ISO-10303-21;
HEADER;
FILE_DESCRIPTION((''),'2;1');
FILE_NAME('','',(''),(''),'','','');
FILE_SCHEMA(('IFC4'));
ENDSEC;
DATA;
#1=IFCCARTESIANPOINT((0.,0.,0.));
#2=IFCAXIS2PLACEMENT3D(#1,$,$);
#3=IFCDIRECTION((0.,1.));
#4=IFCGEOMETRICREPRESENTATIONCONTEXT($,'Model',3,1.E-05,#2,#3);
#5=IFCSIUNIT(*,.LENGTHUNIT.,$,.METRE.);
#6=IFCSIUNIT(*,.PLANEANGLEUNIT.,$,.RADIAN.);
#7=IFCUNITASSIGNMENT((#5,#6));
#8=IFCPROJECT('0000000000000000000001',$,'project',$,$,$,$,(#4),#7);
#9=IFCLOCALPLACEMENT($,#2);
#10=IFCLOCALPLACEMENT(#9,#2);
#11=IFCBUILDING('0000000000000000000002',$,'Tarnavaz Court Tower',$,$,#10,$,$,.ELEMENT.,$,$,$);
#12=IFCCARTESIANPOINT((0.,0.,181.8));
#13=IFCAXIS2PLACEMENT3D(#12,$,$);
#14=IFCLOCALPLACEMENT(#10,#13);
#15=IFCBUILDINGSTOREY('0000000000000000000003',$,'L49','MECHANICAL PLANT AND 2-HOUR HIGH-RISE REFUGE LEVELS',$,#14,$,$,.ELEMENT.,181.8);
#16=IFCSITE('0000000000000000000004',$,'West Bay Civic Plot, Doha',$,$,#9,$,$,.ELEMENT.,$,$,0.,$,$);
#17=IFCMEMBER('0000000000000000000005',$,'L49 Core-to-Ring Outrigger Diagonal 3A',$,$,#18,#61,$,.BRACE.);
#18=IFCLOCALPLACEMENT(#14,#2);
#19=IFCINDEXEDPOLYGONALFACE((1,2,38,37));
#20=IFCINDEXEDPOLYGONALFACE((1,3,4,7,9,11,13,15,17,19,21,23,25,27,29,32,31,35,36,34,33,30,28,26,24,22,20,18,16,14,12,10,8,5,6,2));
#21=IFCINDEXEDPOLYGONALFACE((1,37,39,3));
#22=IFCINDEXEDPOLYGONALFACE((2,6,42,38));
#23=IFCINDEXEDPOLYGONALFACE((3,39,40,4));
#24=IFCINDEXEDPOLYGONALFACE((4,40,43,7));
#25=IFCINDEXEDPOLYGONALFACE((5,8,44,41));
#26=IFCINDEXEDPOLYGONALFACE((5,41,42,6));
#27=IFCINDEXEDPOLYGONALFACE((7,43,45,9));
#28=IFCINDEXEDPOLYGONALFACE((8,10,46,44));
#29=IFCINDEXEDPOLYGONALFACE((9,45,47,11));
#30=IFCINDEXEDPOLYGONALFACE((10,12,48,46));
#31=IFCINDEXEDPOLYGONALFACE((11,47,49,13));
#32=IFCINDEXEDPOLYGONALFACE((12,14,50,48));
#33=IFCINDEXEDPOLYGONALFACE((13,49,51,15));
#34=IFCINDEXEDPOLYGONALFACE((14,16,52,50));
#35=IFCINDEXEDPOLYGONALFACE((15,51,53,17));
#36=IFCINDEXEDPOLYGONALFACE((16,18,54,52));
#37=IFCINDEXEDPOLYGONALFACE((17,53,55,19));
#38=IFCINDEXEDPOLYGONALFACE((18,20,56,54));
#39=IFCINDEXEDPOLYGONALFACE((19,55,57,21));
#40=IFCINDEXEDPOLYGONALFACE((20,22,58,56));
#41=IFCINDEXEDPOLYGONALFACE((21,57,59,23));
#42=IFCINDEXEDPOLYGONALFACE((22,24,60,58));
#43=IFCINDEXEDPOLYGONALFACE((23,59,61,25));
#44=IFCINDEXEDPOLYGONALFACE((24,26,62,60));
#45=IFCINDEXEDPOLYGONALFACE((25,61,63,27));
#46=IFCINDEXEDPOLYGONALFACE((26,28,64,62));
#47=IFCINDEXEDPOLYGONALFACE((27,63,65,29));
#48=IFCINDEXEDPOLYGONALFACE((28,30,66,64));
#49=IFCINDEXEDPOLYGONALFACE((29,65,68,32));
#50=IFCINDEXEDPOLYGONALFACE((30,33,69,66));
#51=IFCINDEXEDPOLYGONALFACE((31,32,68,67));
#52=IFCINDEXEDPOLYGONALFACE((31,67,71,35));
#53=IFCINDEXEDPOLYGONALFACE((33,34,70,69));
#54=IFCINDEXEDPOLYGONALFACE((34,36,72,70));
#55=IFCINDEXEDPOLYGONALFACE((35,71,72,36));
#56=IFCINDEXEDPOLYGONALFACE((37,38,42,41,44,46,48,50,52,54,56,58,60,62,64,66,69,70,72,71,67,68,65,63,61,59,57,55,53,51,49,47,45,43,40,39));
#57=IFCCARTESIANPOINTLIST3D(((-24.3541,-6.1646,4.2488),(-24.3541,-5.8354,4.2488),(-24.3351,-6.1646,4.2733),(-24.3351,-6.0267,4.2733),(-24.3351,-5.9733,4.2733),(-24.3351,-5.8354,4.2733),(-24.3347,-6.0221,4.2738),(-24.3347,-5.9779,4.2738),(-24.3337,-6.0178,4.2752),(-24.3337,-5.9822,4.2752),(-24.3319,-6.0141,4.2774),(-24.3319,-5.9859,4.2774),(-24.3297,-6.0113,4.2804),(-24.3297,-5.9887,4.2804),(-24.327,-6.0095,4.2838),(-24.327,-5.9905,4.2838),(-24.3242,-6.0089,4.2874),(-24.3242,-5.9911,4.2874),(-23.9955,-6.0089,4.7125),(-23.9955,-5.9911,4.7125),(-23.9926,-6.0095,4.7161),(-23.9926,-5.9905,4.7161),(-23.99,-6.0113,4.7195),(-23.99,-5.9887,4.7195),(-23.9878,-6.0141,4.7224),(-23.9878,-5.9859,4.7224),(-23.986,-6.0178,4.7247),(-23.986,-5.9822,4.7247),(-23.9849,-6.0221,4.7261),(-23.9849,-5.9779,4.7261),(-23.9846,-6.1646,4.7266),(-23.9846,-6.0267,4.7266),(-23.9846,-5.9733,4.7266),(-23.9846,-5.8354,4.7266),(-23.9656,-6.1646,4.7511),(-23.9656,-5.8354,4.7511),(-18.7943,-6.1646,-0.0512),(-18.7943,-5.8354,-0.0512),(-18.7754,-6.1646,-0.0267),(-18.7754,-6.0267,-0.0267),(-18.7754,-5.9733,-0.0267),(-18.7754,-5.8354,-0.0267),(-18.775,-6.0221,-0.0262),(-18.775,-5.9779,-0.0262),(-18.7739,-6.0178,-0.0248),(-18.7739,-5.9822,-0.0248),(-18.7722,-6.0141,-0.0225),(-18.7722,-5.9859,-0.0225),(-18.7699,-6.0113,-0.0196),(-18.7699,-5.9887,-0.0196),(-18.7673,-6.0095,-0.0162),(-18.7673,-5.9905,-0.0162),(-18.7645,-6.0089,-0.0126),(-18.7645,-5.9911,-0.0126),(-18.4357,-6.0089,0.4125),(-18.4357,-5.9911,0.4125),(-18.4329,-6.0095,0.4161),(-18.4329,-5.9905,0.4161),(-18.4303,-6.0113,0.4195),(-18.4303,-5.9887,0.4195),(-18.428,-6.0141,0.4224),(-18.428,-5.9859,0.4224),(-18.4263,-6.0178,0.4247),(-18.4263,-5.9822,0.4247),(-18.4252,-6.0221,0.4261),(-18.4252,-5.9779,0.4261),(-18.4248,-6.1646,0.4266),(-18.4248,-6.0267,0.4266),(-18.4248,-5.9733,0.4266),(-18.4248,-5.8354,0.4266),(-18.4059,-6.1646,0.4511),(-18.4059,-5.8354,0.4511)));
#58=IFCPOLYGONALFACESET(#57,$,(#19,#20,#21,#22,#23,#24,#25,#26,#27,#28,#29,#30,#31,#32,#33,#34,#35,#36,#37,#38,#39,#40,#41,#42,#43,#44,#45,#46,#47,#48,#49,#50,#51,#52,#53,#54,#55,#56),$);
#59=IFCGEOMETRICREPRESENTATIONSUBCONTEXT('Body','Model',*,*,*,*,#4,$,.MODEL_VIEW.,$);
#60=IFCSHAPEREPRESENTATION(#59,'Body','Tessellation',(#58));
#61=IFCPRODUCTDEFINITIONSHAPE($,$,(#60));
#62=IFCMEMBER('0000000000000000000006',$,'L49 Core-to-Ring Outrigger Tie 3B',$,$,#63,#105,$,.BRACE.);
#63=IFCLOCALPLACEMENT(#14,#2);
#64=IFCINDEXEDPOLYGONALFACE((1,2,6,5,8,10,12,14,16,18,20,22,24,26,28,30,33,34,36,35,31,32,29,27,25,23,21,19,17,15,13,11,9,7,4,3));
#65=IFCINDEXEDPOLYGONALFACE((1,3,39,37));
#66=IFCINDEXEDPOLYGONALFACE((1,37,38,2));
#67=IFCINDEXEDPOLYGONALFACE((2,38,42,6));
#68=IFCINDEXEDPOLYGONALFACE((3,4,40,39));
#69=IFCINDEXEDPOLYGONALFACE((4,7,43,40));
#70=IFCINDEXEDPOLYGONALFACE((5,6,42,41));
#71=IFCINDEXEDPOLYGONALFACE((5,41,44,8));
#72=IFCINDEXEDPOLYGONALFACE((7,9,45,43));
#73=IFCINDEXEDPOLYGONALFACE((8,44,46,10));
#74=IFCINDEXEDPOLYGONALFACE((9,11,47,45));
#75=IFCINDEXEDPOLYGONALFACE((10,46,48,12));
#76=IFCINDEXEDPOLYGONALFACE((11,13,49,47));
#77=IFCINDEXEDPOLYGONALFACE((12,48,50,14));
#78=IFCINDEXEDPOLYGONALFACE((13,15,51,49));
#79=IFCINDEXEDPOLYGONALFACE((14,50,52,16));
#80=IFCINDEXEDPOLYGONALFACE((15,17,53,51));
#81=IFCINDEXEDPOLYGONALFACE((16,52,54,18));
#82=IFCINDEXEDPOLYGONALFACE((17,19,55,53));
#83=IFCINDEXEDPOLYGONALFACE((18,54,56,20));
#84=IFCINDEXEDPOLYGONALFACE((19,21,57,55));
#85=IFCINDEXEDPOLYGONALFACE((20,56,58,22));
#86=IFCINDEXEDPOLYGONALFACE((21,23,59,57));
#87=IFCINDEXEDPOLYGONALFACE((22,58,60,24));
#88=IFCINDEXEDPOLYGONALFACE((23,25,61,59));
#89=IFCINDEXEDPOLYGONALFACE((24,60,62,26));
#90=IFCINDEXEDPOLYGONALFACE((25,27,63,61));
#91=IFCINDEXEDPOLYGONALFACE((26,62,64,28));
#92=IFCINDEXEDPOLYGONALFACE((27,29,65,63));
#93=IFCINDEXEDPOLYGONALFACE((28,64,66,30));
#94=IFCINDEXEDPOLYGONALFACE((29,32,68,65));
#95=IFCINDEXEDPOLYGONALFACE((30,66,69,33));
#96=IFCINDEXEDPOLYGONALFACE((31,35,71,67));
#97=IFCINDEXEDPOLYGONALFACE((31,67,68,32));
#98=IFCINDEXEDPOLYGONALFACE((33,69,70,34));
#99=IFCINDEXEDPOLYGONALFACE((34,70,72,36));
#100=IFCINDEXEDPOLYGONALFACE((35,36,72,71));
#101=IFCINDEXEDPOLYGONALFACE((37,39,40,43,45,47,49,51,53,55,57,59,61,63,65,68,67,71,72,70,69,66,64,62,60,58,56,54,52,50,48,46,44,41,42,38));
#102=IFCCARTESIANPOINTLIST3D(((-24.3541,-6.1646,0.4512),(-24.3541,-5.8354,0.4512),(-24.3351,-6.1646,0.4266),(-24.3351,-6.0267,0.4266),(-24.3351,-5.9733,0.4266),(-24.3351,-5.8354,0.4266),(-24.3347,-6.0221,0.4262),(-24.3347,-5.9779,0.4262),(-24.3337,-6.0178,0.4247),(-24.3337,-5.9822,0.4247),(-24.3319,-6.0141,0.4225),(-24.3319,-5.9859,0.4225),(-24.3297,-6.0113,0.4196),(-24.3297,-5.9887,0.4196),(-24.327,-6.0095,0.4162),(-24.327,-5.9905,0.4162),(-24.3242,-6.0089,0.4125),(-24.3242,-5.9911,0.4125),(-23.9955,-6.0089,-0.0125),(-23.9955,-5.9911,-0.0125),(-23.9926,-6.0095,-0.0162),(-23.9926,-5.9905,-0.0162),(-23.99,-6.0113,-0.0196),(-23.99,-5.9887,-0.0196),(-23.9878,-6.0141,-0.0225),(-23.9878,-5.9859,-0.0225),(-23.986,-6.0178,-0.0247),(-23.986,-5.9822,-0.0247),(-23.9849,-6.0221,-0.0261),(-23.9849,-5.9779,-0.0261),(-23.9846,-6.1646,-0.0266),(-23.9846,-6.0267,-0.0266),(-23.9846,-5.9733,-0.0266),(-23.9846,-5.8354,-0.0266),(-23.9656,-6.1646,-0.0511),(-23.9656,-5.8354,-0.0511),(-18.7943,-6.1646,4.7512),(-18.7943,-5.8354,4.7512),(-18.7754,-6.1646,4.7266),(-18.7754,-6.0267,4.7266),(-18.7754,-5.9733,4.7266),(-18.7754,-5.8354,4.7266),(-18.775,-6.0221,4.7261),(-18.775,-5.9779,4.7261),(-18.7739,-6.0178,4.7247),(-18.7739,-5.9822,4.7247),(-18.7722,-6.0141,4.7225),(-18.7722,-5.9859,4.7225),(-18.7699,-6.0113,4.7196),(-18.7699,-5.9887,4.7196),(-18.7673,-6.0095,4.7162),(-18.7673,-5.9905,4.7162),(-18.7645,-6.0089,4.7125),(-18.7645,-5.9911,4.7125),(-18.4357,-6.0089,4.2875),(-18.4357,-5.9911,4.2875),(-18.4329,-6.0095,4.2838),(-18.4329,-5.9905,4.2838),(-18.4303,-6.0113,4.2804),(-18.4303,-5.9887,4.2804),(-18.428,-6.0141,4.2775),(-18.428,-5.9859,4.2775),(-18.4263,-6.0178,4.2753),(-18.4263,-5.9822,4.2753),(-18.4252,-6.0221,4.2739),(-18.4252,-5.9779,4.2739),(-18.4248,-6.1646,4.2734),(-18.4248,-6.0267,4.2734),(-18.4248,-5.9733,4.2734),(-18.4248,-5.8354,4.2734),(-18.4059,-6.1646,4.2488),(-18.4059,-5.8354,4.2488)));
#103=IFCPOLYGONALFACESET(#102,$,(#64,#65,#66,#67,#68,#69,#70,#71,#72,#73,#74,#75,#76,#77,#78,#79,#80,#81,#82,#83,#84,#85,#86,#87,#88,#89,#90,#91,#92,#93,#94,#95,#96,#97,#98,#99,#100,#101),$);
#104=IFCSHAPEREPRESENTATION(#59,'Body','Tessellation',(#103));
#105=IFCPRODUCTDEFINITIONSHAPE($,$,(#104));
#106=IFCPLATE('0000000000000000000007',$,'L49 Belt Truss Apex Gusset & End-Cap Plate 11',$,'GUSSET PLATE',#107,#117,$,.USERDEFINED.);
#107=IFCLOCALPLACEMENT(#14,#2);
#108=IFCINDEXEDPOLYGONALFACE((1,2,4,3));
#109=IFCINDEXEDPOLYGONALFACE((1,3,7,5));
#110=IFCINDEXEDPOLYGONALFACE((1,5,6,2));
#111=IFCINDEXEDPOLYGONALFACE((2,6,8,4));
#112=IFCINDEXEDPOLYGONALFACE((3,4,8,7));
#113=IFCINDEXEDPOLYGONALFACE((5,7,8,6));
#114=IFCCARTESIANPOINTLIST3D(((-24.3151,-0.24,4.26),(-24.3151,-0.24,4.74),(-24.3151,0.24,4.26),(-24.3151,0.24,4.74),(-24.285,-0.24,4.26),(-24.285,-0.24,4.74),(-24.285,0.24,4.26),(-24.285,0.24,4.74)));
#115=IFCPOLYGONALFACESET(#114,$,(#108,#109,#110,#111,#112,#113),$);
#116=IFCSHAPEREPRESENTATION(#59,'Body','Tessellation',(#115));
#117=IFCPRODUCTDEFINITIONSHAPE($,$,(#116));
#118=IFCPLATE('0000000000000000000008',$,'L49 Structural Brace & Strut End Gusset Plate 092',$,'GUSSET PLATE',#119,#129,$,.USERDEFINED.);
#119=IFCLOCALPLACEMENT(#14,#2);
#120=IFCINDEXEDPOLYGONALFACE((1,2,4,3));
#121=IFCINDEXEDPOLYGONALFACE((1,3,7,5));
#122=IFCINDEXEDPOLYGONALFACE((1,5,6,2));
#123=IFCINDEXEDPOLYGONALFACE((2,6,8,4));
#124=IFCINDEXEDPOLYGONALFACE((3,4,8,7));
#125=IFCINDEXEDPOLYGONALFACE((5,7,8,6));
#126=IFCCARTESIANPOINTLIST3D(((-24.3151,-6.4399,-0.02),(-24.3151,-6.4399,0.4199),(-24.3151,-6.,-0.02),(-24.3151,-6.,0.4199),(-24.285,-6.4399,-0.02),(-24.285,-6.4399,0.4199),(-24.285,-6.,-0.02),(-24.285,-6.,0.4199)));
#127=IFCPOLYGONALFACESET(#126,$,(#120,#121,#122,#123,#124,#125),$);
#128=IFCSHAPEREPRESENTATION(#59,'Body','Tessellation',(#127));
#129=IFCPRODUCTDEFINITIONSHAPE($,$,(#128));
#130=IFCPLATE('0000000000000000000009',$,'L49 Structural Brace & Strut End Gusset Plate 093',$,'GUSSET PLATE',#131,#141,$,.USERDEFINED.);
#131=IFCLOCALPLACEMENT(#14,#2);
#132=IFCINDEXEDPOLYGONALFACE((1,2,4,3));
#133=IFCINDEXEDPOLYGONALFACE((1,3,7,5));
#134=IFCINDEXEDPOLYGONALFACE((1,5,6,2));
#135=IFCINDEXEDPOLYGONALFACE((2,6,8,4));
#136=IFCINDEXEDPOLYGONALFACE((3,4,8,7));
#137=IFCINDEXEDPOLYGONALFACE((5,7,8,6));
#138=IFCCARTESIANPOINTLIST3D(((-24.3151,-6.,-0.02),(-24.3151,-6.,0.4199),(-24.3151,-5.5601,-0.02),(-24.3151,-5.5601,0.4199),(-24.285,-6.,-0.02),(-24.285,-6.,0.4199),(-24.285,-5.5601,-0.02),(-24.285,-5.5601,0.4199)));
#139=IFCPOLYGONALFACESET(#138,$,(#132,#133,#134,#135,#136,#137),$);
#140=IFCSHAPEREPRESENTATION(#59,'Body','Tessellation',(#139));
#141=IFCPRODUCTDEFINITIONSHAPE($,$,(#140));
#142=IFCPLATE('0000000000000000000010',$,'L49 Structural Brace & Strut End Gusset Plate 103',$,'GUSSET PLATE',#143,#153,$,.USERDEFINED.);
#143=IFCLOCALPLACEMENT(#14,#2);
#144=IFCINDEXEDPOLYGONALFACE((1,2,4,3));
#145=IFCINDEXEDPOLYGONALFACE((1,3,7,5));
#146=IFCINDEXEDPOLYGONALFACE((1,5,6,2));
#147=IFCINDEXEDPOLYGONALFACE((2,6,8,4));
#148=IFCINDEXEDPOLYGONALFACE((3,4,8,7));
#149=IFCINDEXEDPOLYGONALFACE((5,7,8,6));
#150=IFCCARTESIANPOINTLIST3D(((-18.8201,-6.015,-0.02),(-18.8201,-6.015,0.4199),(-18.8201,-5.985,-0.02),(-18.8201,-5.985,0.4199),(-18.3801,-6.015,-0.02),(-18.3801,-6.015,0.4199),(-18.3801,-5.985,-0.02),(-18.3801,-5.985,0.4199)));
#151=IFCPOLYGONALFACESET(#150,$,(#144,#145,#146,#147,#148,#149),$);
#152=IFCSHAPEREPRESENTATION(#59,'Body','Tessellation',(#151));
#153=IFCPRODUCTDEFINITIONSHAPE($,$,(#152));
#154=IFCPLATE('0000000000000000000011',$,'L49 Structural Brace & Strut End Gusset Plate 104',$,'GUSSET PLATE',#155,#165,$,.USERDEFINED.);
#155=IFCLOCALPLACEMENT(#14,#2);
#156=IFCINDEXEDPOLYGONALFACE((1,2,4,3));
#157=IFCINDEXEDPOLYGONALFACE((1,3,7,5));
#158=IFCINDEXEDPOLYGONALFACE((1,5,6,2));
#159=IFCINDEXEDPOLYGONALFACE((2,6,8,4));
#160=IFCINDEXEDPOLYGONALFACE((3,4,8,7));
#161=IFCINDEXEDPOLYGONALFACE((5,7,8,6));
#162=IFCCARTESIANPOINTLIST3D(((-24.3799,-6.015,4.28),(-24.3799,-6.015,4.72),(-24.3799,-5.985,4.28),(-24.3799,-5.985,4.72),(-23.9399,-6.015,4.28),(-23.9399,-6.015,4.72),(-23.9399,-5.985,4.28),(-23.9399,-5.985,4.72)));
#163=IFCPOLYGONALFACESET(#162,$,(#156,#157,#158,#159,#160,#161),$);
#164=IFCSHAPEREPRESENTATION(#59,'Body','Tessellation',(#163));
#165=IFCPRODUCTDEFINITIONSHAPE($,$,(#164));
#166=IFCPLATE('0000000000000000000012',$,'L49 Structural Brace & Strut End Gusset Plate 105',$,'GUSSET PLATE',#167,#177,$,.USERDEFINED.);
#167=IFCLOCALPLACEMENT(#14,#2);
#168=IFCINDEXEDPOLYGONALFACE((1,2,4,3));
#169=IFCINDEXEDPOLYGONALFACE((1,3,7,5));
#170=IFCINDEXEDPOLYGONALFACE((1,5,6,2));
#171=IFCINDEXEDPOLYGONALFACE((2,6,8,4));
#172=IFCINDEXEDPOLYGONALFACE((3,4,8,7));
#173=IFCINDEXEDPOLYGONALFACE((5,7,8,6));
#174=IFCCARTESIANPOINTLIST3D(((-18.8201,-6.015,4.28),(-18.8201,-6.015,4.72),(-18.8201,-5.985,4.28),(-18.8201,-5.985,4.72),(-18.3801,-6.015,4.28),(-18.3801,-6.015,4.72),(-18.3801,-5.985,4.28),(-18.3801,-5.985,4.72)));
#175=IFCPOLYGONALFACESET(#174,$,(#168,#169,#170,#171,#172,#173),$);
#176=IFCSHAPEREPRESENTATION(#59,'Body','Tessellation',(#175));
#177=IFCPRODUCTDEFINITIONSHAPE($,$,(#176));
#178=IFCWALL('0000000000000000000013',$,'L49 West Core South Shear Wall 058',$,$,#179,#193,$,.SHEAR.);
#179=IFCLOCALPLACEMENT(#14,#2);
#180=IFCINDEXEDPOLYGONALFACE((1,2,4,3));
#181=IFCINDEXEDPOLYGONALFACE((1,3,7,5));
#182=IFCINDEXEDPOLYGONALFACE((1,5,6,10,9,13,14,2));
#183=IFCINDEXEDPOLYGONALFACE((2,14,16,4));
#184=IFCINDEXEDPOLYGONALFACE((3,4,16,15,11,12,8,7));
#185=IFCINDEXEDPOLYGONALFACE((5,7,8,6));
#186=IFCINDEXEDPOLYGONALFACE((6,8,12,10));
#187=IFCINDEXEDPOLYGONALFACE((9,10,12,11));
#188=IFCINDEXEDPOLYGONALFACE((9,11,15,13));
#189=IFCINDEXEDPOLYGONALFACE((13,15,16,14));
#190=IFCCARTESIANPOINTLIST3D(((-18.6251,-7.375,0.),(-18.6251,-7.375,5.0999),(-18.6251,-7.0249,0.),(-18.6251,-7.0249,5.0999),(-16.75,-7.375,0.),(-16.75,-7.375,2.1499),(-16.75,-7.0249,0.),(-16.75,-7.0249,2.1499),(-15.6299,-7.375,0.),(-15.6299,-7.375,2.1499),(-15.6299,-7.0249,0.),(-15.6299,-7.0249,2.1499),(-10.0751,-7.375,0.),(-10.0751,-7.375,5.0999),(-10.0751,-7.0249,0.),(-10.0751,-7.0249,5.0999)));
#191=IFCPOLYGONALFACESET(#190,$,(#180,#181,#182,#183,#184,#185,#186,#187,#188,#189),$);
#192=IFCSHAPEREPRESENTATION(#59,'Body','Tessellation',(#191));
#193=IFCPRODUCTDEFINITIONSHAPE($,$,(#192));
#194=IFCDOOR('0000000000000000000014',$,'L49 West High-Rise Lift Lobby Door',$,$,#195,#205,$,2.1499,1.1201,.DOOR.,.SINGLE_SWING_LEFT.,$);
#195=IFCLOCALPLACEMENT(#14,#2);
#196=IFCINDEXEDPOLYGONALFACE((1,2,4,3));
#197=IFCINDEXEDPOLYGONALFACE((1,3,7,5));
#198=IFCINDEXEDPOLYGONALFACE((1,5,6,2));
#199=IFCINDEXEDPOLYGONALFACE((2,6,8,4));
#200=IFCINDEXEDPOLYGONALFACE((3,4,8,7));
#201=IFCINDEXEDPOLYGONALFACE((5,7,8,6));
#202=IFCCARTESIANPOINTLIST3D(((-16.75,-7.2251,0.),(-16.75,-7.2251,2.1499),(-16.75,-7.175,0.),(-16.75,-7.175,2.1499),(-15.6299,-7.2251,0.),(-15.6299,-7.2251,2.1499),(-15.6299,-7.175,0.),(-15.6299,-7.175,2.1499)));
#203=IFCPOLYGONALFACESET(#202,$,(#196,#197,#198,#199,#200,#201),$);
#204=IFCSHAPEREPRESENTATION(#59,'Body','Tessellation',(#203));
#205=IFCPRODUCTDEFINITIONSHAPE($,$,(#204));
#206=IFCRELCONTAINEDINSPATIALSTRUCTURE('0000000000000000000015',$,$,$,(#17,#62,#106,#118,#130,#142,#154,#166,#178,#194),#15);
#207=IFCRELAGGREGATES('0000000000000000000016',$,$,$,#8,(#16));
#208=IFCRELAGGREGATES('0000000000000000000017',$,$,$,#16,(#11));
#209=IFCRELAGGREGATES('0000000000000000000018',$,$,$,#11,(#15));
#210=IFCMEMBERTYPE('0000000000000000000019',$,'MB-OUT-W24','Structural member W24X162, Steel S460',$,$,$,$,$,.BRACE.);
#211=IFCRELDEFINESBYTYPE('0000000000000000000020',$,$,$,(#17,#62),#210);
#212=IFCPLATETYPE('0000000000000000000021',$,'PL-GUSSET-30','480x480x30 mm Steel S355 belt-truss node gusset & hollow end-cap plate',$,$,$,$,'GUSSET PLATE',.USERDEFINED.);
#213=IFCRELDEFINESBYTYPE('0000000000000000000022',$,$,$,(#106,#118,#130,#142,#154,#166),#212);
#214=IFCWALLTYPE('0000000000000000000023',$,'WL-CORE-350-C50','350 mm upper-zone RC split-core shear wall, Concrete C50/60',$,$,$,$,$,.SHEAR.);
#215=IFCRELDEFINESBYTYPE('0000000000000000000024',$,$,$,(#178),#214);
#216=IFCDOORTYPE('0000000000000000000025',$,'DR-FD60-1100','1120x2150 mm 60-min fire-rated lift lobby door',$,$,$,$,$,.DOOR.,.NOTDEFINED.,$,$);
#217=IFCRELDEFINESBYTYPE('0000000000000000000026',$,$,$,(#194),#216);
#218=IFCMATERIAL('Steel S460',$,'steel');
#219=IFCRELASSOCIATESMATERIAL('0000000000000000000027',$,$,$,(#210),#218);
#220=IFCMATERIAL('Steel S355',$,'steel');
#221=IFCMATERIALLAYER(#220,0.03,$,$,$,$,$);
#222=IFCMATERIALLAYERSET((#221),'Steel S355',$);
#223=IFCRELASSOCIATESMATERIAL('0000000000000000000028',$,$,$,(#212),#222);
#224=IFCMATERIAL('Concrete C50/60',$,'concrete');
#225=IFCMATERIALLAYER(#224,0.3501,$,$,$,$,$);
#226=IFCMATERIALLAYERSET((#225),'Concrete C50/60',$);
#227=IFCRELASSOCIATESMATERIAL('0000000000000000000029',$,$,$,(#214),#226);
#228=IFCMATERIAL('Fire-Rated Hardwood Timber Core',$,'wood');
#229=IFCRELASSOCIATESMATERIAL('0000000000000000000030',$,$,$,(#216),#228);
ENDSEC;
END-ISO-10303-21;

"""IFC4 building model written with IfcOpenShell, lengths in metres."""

from ifc_helpers import new_model, si_unit, direction, frame, frame_2d, origin, origin_2d, place, context, subcontext, project, spatial, rectangle, i_section, extrude, material, layer, layer_set, material_profile, profile_set, type_object, element, fill, save


model = new_model("IFC4")

# Units and contexts
model_context = context("Model", 3, precision=1e-05, world=origin(), true_north=direction((0.0, 1.0)))
body_context = subcontext(model_context, "Body", "Model", "MODEL_VIEW")
ifc_project = project(units=[si_unit("LENGTHUNIT", "METRE"), si_unit("PLANEANGLEUNIT", "RADIAN")], contexts=[model_context])

# Site, building, storey
site_placement = place(None, origin())
site = spatial("IfcSite", under=ifc_project, at=site_placement, Name="West Bay Civic Plot, Doha", CompositionType="ELEMENT", RefElevation=0.0)
building_placement = place(site_placement, origin())
building = spatial("IfcBuilding", under=site, at=building_placement, Name="Tarnavaz Court Tower", CompositionType="ELEMENT")
storey_placement = place(building_placement, frame((0.0, 0.0, 181.8)))
storey = spatial("IfcBuildingStorey", under=building, at=storey_placement, Name="L49", Description="MECHANICAL PLANT AND 2-HOUR HIGH-RISE REFUGE LEVELS", CompositionType="ELEMENT", Elevation=181.8)

# Shared definitions
ifc_material_1 = material(Name="Steel S460", Category="steel")

# Shared definitions
ifc_material_2 = material(Name="Concrete C50/60", Category="concrete")

# Members
ifc_material_profile_1 = material_profile(ifc_material_1, i_section(OverallWidth=0.3291, OverallDepth=0.635, WebThickness=0.0178, FlangeThickness=0.031, FilletRadius=0.0178, at=origin_2d()), Name="W24X162")
ifc_profile_set_1 = profile_set([ifc_material_profile_1], Name="Steel S460")
member_type_1 = type_object("IfcMemberType", Name="MB-OUT-W24", Description="Structural member W24X162, Steel S460", PredefinedType="BRACE", material=ifc_profile_set_1)
for number, where, z_axis, x_axis, name in (
    (1, (-18.6001, -6.0, 0.2), (-0.791021, 0.0, 0.611789), (0.0, -1.0, 0.0), "L49 Core-to-Ring Outrigger Diagonal 3A"),
    (2, (-18.6001, -6.0, 4.5), (-0.791021, 0.0, -0.611789), (0.0, -1.0, 0.0), "L49 Core-to-Ring Outrigger Tie 3B"),
):
    element("IfcMember", number, at=place(storey_placement, frame(where, z_axis=z_axis, x_axis=x_axis)), inside=storey, type_object=member_type_1, Name=name, PredefinedType="BRACE", context=body_context, shape_type="SweptSolid", body=[
        extrude(i_section(OverallWidth=0.3291, OverallDepth=0.635, WebThickness=0.0178, FlangeThickness=0.031, FilletRadius=0.0178, at=origin_2d()), origin(), (0.0, 0.0, 1.0), 7.0286),
    ])

# Plates
ifc_material_3 = material(Name="Steel S355", Category="steel")
ifc_layer_1 = layer(ifc_material_3, 0.03)
ifc_layer_set_1 = layer_set([ifc_layer_1], Name="Steel S355")
plate_type = type_object("IfcPlateType", Name="PL-GUSSET-30", Description="480x480x30 mm Steel S355 belt-truss node gusset & hollow end-cap plate", ElementType="GUSSET PLATE", PredefinedType="USERDEFINED", material=ifc_layer_set_1)
plate_placement = place(storey_placement, frame((-24.3, 0.0, 4.26), z_axis=(0.0, 0.0, 1.0), x_axis=(0.0, 1.0, 0.0)))
element("IfcPlate", 3, at=plate_placement, inside=storey, type_object=plate_type, Name="L49 Belt Truss Apex Gusset & End-Cap Plate 11", ObjectType="GUSSET PLATE", PredefinedType="USERDEFINED", context=body_context, shape_type="SweptSolid", body=[
    extrude(rectangle(XDim=0.48, YDim=0.03, at=origin_2d()), origin(), (0.0, 0.0, 1.0), 0.48),
])
for number, where, z_axis, x_axis, name in (
    (4, (-24.3, -6.22, -0.02), (0.0, 0.0, 1.0), (0.0, 1.0, 0.0), "L49 Structural Brace & Strut End Gusset Plate 092"),
    (5, (-24.3, -5.78, -0.02), (0.0, 0.0, 1.0), (0.0, 1.0, 0.0), "L49 Structural Brace & Strut End Gusset Plate 093"),
    (6, (-18.6001, -6.0, -0.02), (0.0, 0.0, 1.0), (1.0, 0.0, 0.0), "L49 Structural Brace & Strut End Gusset Plate 103"),
    (7, (-24.1599, -6.0, 4.28), (0.0, 0.0, 1.0), (1.0, 0.0, 0.0), "L49 Structural Brace & Strut End Gusset Plate 104"),
    (8, (-18.6001, -6.0, 4.28), (0.0, 0.0, 1.0), (1.0, 0.0, 0.0), "L49 Structural Brace & Strut End Gusset Plate 105"),
):
    element("IfcPlate", number, at=place(storey_placement, frame(where, z_axis=z_axis, x_axis=x_axis)), inside=storey, type_object=plate_type, Name=name, ObjectType="GUSSET PLATE", PredefinedType="USERDEFINED", context=body_context, shape_type="SweptSolid", body=[
        extrude(rectangle(XDim=0.4399, YDim=0.03, at=origin_2d()), origin(), (0.0, 0.0, 1.0), 0.4399),
    ])

# Wall, opening, door
ifc_layer_2 = layer(ifc_material_2, 0.3501)
ifc_layer_set_2 = layer_set([ifc_layer_2], Name="Concrete C50/60")
wall_type = type_object("IfcWallType", Name="WL-CORE-350-C50", Description="350 mm upper-zone RC split-core shear wall, Concrete C50/60", PredefinedType="SHEAR", material=ifc_layer_set_2)
wall_placement = place(storey_placement, frame((-18.625, -7.2, 0.0), z_axis=(0.0, 0.0, 1.0), x_axis=(1.0, 0.0, 0.0)))
wall = element("IfcWall", 9, at=wall_placement, inside=storey, type_object=wall_type, Name="L49 West Core South Shear Wall 058", PredefinedType="SHEAR", context=body_context, shape_type="SweptSolid", body=[
    extrude(rectangle(XDim=8.55, YDim=0.3501, at=frame_2d((4.2749, 0.0))), origin(), (0.0, 0.0, 1.0), 5.0999),
])
opening_placement = place(wall_placement, frame((1.875, 0.0, 0.0)))
opening = element("IfcOpeningElement", 10, at=opening_placement, cuts=wall, PredefinedType="OPENING", context=body_context, shape_type="SweptSolid", body=[
    extrude(rectangle(XDim=1.1201, YDim=2.1499, at=frame_2d((0.5601, 1.075))), frame((0.0, 0.1851, 0.0), z_axis=(0.0, -1.0, 0.0), x_axis=(1.0, 0.0, 0.0)), (0.0, 0.0, 1.0), 0.3701),
])
ifc_material_4 = material(Name="Fire-Rated Hardwood Timber Core", Category="wood")
door_type = type_object("IfcDoorType", Name="DR-FD60-1100", Description="1120x2150 mm 60-min fire-rated lift lobby door", OperationType="NOTDEFINED", PredefinedType="DOOR", material=ifc_material_4)
door_placement = place(opening_placement, origin())
door = element("IfcDoor", 11, at=door_placement, inside=storey, type_object=door_type, Name="L49 West High-Rise Lift Lobby Door", OperationType="SINGLE_SWING_LEFT", OverallHeight=2.1499, OverallWidth=1.1201, PredefinedType="DOOR", context=body_context, shape_type="SweptSolid", body=[
    extrude(rectangle(XDim=1.1201, YDim=2.1499, at=frame_2d((0.5601, 1.075))), frame((0.0, 0.0249, 0.0), z_axis=(0.0, -1.0, 0.0), x_axis=(1.0, 0.0, 0.0)), (0.0, 0.0, 1.0), 0.05),
])
fill(opening, door)

save(model, "model.ifc")
